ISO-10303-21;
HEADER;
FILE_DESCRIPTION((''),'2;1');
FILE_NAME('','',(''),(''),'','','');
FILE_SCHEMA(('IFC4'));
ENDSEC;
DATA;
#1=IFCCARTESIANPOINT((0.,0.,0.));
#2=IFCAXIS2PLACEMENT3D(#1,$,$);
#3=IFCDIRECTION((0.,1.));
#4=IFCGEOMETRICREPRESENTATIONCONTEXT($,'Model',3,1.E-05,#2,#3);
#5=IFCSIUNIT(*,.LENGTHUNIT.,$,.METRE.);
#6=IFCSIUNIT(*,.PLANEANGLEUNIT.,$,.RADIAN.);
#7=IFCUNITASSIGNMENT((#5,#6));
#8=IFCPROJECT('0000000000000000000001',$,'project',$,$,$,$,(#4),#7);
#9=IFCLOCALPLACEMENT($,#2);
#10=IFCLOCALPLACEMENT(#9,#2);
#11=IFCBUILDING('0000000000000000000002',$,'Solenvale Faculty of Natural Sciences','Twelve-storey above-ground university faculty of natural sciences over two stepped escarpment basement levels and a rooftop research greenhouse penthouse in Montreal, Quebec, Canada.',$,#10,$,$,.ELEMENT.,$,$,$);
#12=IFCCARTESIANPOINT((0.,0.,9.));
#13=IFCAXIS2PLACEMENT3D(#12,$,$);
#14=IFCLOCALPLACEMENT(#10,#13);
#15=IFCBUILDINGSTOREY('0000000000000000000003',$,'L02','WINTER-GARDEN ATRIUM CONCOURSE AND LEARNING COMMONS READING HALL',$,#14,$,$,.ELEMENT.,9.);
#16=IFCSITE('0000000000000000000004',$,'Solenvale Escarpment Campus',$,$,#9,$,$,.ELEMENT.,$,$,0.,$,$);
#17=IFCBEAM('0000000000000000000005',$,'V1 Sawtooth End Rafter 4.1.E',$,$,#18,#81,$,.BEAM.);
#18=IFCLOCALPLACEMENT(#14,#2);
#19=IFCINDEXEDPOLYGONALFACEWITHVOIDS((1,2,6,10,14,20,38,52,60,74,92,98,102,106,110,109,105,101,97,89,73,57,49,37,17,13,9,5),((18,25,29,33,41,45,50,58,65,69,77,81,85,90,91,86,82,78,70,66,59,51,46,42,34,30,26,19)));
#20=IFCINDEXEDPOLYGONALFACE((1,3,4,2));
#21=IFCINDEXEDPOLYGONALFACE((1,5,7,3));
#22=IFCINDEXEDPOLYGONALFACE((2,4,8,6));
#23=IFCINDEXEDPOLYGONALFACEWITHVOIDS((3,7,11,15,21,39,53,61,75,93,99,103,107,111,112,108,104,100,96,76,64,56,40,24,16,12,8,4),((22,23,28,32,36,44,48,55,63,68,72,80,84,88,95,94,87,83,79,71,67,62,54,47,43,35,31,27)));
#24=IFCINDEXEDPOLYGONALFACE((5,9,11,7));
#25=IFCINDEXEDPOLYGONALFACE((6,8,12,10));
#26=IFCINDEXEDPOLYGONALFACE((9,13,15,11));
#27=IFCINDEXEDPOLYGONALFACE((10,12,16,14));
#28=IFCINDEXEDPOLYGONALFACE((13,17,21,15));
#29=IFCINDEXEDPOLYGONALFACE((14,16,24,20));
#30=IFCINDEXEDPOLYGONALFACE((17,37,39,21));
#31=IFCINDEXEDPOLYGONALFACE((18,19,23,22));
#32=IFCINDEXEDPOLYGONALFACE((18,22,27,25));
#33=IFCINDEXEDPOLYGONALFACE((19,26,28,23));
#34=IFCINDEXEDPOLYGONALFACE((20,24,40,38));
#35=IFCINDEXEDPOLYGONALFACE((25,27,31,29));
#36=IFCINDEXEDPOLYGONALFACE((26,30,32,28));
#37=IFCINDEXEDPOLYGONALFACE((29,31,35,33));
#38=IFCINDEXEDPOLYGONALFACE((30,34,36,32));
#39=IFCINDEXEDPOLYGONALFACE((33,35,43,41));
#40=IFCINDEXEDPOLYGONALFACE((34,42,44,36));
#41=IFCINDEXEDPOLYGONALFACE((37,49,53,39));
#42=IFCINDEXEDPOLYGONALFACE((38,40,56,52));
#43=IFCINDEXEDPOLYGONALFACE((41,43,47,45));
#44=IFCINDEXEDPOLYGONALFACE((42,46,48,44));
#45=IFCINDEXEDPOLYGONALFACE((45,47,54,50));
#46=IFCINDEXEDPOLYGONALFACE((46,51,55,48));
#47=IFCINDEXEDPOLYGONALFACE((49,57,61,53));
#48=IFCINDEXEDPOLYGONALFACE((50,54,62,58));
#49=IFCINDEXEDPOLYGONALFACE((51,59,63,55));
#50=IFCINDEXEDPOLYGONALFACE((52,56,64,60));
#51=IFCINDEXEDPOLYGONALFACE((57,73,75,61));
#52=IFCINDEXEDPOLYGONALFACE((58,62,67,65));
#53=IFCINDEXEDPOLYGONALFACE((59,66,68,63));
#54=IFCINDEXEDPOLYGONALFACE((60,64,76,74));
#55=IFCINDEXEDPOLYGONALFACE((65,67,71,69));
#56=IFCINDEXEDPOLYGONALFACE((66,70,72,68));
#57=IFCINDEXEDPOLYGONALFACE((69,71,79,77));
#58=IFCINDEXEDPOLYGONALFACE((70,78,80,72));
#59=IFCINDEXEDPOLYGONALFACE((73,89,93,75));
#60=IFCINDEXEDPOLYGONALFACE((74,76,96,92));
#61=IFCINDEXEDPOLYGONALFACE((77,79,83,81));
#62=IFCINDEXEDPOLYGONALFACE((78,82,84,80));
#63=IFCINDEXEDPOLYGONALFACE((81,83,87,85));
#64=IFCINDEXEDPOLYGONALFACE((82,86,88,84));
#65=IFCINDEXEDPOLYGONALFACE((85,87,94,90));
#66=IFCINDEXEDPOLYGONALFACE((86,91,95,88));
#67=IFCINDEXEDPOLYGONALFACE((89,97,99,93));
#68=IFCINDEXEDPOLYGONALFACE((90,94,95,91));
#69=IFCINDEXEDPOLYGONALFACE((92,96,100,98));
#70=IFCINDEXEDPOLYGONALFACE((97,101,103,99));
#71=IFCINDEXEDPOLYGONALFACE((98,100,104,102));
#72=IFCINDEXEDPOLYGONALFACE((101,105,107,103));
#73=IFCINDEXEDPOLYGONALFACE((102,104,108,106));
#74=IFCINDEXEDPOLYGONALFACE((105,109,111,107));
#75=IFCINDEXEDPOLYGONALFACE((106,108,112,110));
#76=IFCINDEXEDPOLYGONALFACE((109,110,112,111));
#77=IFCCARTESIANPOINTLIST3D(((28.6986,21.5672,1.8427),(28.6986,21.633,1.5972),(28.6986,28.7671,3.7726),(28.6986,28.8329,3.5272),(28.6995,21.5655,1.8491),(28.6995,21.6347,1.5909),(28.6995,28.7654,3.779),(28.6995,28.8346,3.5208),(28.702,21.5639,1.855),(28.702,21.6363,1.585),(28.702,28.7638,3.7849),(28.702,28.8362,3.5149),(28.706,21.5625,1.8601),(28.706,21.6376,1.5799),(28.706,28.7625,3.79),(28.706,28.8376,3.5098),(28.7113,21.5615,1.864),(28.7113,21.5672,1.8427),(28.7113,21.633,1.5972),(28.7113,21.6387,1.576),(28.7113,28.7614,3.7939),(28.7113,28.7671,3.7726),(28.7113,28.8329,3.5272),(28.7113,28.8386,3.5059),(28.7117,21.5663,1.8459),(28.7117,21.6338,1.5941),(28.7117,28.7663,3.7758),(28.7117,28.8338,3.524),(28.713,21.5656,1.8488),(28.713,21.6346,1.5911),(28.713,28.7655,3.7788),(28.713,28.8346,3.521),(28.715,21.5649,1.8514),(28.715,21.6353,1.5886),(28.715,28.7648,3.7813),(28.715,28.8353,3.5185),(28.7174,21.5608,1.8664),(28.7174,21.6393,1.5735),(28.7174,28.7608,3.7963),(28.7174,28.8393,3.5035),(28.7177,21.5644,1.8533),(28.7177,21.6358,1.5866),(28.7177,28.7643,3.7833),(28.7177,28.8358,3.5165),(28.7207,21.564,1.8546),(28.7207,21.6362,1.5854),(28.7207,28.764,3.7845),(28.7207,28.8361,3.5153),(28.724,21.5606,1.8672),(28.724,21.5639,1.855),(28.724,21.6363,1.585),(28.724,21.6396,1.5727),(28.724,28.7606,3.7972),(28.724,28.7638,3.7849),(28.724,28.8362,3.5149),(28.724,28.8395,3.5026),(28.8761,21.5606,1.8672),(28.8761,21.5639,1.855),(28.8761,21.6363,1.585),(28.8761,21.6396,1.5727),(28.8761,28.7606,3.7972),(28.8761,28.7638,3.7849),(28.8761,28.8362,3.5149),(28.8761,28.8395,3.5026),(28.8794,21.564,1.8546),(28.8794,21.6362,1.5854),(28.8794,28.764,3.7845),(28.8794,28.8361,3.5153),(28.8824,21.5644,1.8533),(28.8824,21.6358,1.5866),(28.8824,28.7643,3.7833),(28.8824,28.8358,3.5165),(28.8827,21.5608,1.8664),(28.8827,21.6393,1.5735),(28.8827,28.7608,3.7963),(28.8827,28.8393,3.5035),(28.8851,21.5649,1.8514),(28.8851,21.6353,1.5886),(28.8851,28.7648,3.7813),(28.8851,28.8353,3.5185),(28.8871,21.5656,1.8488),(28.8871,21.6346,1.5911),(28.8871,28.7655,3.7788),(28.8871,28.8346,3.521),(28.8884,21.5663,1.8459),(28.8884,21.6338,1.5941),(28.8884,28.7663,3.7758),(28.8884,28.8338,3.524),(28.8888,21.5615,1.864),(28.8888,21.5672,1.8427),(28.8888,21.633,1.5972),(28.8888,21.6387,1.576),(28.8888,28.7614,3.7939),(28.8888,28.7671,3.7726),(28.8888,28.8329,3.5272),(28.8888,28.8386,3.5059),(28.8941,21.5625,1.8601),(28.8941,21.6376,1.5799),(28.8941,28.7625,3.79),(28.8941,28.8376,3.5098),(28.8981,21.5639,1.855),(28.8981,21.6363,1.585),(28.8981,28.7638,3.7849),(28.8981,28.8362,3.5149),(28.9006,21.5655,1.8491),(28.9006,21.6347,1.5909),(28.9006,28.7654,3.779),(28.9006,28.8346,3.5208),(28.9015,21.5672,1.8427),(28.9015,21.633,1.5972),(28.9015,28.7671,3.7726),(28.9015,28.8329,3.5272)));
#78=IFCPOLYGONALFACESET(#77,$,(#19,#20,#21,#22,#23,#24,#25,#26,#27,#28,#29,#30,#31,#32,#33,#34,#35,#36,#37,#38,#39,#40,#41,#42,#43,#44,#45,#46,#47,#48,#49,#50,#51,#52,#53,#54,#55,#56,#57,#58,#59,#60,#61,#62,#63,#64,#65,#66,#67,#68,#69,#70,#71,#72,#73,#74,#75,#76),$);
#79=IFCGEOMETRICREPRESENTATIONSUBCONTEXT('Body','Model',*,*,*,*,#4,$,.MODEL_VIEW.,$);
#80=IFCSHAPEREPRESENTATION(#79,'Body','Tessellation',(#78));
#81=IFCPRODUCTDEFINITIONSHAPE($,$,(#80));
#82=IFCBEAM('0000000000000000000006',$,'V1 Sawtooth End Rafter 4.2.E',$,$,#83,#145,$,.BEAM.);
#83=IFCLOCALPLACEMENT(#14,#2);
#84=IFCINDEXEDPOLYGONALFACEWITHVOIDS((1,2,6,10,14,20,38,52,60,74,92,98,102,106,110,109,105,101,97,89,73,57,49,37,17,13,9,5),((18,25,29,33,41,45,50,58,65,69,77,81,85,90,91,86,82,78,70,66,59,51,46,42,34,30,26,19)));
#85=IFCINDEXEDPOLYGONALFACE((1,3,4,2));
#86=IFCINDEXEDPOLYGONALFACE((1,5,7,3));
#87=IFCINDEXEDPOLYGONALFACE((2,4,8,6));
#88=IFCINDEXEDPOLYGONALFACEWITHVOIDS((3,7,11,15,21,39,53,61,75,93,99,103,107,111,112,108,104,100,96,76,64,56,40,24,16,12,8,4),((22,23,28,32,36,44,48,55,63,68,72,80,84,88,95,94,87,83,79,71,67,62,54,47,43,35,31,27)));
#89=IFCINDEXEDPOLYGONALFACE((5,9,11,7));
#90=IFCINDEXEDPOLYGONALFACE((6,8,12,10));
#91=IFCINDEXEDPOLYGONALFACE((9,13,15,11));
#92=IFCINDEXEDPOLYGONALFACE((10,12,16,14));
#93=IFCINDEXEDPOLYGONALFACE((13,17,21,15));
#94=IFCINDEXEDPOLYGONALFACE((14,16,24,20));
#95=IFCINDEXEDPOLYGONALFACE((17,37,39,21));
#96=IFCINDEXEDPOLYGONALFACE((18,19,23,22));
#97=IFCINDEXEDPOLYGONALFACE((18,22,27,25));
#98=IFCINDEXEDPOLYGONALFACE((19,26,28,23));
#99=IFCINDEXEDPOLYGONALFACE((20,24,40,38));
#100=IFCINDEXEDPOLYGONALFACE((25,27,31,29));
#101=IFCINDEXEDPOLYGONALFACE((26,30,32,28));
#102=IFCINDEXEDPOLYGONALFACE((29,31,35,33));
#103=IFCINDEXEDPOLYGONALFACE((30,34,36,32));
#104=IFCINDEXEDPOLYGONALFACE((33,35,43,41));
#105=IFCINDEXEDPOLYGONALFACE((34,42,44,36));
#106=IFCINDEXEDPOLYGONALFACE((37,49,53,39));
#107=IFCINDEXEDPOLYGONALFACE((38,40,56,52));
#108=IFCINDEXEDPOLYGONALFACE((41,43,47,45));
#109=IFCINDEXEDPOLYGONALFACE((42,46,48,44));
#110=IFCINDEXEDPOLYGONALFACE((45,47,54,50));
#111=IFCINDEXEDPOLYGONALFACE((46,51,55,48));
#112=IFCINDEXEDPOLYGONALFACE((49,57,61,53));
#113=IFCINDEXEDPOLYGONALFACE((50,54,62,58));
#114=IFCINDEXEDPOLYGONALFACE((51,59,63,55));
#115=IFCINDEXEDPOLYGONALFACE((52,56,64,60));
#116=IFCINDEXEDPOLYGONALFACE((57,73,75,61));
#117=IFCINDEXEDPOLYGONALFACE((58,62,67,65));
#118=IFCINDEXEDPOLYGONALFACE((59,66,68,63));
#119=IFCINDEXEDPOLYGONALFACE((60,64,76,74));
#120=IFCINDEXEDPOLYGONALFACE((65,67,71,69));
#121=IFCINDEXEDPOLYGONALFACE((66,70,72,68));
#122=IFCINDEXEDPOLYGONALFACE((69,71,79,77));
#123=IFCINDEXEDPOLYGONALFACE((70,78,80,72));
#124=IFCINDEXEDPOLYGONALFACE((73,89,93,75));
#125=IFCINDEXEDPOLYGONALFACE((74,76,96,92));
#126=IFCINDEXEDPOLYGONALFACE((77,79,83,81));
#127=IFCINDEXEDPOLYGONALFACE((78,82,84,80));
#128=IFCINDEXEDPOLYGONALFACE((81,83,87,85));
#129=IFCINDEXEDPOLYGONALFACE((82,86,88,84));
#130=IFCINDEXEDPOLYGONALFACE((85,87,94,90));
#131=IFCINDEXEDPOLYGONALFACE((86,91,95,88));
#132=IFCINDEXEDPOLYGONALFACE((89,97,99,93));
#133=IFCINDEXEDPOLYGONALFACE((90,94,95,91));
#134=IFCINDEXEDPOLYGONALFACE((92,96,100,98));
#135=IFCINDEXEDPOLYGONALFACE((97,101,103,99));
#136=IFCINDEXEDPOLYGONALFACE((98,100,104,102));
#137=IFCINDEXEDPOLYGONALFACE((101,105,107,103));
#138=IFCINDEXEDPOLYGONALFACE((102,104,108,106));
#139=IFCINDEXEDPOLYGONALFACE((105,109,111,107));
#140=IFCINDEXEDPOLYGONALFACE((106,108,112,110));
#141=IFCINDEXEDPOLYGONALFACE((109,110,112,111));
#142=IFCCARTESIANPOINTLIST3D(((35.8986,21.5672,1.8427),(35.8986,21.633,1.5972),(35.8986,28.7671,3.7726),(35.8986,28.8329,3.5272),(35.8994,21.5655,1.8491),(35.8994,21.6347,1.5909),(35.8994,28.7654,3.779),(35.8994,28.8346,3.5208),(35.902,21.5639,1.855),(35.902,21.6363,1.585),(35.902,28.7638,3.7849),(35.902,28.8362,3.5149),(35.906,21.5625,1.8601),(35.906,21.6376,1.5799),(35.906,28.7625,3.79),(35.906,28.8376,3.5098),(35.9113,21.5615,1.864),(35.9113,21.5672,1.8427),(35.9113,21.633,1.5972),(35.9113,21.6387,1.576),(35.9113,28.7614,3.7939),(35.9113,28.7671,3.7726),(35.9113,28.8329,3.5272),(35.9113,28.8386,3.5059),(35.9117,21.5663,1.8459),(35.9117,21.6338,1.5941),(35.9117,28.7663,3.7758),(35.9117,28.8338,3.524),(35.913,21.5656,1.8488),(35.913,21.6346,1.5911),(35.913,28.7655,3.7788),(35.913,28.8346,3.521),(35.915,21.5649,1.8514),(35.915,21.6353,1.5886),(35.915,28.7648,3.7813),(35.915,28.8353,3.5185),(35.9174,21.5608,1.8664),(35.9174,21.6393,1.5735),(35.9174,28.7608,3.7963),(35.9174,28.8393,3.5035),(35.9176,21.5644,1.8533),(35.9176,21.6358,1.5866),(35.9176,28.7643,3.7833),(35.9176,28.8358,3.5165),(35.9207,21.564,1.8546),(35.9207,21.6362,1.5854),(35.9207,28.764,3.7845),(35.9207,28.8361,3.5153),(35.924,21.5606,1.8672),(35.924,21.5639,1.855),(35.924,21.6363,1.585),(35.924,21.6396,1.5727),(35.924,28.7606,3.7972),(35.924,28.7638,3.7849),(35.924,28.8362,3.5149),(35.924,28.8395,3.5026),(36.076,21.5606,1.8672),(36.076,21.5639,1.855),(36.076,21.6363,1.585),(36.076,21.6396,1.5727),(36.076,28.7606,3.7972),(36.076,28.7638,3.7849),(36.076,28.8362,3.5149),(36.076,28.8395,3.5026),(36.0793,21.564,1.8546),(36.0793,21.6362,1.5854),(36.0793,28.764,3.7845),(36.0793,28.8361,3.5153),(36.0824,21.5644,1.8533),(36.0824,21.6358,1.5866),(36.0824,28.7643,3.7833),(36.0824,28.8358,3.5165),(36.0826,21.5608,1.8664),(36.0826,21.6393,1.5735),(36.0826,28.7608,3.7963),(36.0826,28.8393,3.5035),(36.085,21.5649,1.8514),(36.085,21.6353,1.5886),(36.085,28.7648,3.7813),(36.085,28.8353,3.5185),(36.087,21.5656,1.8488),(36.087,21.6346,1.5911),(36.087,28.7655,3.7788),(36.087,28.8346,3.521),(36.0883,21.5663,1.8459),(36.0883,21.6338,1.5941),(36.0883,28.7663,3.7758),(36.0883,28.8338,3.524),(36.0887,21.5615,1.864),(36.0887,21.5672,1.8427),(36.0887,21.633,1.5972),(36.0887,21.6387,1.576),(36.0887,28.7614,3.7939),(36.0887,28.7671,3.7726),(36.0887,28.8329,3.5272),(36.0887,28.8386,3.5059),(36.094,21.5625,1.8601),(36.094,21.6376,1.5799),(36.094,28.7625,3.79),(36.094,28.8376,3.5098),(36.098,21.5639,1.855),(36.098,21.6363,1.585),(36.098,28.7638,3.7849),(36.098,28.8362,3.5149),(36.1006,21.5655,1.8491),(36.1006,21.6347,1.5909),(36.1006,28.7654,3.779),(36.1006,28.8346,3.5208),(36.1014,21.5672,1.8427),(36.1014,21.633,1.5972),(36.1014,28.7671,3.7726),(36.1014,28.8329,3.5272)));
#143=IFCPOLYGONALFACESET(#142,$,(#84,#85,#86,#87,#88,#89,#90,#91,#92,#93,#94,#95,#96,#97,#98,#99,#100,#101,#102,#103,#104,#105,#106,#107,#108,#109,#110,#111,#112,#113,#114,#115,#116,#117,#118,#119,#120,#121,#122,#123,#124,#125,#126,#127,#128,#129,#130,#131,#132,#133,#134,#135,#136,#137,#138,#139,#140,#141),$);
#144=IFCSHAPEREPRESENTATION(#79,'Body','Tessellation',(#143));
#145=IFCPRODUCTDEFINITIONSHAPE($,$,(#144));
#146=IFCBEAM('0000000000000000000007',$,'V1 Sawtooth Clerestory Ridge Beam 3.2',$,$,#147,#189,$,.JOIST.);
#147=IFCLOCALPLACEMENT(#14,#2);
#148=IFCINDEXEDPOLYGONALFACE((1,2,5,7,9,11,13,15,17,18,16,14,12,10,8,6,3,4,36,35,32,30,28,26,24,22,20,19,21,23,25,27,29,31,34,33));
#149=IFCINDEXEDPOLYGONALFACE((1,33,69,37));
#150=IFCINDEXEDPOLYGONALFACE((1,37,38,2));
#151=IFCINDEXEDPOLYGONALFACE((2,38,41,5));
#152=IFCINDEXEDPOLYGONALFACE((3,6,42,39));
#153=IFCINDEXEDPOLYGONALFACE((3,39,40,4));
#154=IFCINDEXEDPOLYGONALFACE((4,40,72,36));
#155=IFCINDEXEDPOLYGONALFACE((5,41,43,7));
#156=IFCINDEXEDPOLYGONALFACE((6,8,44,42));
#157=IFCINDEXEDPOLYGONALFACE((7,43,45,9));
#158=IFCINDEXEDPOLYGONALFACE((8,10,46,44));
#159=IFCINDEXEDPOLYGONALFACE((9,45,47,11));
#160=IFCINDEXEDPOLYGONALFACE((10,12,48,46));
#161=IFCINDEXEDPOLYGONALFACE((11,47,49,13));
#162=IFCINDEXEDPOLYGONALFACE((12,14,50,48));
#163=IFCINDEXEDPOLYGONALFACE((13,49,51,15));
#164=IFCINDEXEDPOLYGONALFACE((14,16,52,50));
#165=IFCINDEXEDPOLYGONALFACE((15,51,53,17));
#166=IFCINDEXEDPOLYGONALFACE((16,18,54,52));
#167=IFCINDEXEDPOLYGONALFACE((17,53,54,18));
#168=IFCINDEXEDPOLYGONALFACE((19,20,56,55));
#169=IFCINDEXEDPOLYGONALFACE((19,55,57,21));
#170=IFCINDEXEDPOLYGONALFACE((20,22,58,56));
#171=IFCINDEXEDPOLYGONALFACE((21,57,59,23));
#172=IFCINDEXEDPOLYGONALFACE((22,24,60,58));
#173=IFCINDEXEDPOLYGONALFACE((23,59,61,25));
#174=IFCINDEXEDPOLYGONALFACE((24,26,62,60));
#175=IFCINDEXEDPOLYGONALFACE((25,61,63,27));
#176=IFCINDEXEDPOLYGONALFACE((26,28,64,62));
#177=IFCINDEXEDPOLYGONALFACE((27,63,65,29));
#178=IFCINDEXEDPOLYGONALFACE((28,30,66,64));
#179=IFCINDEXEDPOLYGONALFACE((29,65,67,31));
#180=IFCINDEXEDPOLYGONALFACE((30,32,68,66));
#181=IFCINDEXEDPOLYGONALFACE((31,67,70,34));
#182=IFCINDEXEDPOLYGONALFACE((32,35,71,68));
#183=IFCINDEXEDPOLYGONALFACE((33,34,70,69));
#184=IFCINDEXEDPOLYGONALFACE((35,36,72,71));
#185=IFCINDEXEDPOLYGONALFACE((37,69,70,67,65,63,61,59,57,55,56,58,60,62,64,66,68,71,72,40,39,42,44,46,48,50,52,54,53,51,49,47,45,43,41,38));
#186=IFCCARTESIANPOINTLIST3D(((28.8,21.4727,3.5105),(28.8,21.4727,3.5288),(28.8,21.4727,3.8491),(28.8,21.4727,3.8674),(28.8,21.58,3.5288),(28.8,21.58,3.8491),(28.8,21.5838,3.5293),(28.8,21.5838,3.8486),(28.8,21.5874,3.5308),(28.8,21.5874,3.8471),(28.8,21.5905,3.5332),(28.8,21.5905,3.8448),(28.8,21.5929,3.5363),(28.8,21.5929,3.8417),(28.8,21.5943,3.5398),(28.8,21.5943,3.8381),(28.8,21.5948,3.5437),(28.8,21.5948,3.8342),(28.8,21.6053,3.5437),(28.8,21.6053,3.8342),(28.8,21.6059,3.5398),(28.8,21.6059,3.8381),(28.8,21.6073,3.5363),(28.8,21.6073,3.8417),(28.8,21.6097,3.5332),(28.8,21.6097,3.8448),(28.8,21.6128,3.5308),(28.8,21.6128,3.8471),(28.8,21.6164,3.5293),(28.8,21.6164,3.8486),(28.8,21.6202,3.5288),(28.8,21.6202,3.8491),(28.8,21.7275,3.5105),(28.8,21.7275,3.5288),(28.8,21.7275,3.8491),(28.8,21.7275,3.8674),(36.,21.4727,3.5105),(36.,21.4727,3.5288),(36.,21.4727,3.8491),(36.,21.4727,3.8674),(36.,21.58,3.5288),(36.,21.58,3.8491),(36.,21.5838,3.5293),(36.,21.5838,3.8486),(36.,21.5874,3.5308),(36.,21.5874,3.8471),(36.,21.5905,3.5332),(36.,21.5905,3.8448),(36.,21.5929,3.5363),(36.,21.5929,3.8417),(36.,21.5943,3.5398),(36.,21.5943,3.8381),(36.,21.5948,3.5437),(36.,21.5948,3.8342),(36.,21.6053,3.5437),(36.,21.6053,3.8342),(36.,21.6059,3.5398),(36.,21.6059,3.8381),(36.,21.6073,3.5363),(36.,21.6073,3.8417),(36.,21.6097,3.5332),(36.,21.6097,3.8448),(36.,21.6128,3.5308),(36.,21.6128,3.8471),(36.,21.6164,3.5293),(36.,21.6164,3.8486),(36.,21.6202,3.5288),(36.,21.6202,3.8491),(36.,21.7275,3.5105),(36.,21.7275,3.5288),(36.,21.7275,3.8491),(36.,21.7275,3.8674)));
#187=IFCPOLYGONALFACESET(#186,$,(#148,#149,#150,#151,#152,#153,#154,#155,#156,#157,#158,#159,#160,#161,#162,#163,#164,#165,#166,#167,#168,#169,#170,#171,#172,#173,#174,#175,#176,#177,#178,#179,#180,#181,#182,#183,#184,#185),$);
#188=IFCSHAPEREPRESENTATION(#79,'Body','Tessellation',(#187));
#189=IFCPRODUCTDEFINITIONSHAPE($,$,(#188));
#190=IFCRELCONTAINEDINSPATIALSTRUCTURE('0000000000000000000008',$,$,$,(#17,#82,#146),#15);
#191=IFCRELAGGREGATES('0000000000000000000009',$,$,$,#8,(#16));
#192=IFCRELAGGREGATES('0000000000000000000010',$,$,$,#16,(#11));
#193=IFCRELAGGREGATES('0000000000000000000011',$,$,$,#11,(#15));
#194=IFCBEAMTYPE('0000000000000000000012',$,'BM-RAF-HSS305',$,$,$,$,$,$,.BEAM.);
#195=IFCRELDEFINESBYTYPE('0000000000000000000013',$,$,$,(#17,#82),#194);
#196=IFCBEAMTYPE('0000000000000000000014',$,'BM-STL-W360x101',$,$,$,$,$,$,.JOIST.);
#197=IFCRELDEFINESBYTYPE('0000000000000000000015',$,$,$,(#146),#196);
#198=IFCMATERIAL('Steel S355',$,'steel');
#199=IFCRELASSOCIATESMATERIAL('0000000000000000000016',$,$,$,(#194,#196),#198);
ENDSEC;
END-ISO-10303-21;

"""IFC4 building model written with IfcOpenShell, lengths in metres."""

from ifc_helpers import new_model, si_unit, direction, frame, origin, origin_2d, place, context, subcontext, project, spatial, hollow_rectangle, i_section, extrude, material, material_profile, profile_set, type_object, element, save


model = new_model("IFC4")

# Units and contexts
model_context = context("Model", 3, precision=1e-05, world=origin(), true_north=direction((0.0, 1.0)))
body_context = subcontext(model_context, "Body", "Model", "MODEL_VIEW")
ifc_project = project(units=[si_unit("LENGTHUNIT", "METRE"), si_unit("PLANEANGLEUNIT", "RADIAN")], contexts=[model_context])

# Site, building, storey
site_placement = place(None, origin())
site = spatial("IfcSite", under=ifc_project, at=site_placement, Name="Solenvale Escarpment Campus", CompositionType="ELEMENT", RefElevation=0.0)
building_placement = place(site_placement, origin())
building = spatial("IfcBuilding", under=site, at=building_placement, Name="Solenvale Faculty of Natural Sciences", Description="Twelve-storey above-ground university faculty of natural sciences over two stepped escarpment basement levels and a rooftop research greenhouse penthouse in Montreal, Quebec, Canada.", CompositionType="ELEMENT")
storey_placement = place(building_placement, frame((0.0, 0.0, 9.0)))
storey = spatial("IfcBuildingStorey", under=building, at=storey_placement, Name="L02", Description="WINTER-GARDEN ATRIUM CONCOURSE AND LEARNING COMMONS READING HALL", CompositionType="ELEMENT", Elevation=9.0)

# Shared definitions
ifc_material_1 = material(Name="Steel S355", Category="steel")

# Beams
ifc_material_profile_1 = material_profile(ifc_material_1, hollow_rectangle(XDim=0.2029, YDim=0.3049, WallThickness=0.0127, InnerFilletRadius=0.0127, OuterFilletRadius=0.0254, at=origin_2d()), Name="HSS305x203x13")
ifc_profile_set_1 = profile_set([ifc_material_profile_1], Name="Steel S355")
beam_type_1 = type_object("IfcBeamType", Name="BM-RAF-HSS305", PredefinedType="BEAM", material=ifc_profile_set_1)
for number, where, z_axis, x_axis, name in (
    (1, (28.8, 21.6001, 1.72), (0.0, 0.965902, 0.258908), (-1.0, 0.0, 0.0), "V1 Sawtooth End Rafter 4.1.E"),
    (2, (36.0, 21.6001, 1.72), (0.0, 0.965902, 0.258908), (-1.0, 0.0, 0.0), "V1 Sawtooth End Rafter 4.2.E"),
):
    element("IfcBeam", number, at=place(storey_placement, frame(where, z_axis=z_axis, x_axis=x_axis)), inside=storey, type_object=beam_type_1, Name=name, PredefinedType="BEAM", context=body_context, shape_type="SweptSolid", body=[
        extrude(hollow_rectangle(XDim=0.2029, YDim=0.3049, WallThickness=0.0127, InnerFilletRadius=0.0127, OuterFilletRadius=0.0254, at=origin_2d()), origin(), (0.0, 0.0, 1.0), 7.4541),
    ])
ifc_material_profile_2 = material_profile(ifc_material_1, i_section(OverallWidth=0.2549, OverallDepth=0.3569, WebThickness=0.0105, FlangeThickness=0.0183, FilletRadius=0.0149, at=origin_2d()), Name="W360x101")
ifc_profile_set_2 = profile_set([ifc_material_profile_2], Name="Steel S355")
beam_type_2 = type_object("IfcBeamType", Name="BM-STL-W360x101", PredefinedType="JOIST", material=ifc_profile_set_2)
beam_placement = place(storey_placement, frame((28.8, 21.6001, 3.689), z_axis=(1.0, 0.0, 0.0), x_axis=(0.0, 1.0, 0.0)))
element("IfcBeam", 3, at=beam_placement, inside=storey, type_object=beam_type_2, Name="V1 Sawtooth Clerestory Ridge Beam 3.2", PredefinedType="JOIST", context=body_context, shape_type="SweptSolid", body=[
    extrude(i_section(OverallWidth=0.2549, OverallDepth=0.3569, WebThickness=0.0105, FlangeThickness=0.0183, FilletRadius=0.0149, at=origin_2d()), origin(), (0.0, 0.0, 1.0), 7.2),
])

save(model, "model.ifc")
